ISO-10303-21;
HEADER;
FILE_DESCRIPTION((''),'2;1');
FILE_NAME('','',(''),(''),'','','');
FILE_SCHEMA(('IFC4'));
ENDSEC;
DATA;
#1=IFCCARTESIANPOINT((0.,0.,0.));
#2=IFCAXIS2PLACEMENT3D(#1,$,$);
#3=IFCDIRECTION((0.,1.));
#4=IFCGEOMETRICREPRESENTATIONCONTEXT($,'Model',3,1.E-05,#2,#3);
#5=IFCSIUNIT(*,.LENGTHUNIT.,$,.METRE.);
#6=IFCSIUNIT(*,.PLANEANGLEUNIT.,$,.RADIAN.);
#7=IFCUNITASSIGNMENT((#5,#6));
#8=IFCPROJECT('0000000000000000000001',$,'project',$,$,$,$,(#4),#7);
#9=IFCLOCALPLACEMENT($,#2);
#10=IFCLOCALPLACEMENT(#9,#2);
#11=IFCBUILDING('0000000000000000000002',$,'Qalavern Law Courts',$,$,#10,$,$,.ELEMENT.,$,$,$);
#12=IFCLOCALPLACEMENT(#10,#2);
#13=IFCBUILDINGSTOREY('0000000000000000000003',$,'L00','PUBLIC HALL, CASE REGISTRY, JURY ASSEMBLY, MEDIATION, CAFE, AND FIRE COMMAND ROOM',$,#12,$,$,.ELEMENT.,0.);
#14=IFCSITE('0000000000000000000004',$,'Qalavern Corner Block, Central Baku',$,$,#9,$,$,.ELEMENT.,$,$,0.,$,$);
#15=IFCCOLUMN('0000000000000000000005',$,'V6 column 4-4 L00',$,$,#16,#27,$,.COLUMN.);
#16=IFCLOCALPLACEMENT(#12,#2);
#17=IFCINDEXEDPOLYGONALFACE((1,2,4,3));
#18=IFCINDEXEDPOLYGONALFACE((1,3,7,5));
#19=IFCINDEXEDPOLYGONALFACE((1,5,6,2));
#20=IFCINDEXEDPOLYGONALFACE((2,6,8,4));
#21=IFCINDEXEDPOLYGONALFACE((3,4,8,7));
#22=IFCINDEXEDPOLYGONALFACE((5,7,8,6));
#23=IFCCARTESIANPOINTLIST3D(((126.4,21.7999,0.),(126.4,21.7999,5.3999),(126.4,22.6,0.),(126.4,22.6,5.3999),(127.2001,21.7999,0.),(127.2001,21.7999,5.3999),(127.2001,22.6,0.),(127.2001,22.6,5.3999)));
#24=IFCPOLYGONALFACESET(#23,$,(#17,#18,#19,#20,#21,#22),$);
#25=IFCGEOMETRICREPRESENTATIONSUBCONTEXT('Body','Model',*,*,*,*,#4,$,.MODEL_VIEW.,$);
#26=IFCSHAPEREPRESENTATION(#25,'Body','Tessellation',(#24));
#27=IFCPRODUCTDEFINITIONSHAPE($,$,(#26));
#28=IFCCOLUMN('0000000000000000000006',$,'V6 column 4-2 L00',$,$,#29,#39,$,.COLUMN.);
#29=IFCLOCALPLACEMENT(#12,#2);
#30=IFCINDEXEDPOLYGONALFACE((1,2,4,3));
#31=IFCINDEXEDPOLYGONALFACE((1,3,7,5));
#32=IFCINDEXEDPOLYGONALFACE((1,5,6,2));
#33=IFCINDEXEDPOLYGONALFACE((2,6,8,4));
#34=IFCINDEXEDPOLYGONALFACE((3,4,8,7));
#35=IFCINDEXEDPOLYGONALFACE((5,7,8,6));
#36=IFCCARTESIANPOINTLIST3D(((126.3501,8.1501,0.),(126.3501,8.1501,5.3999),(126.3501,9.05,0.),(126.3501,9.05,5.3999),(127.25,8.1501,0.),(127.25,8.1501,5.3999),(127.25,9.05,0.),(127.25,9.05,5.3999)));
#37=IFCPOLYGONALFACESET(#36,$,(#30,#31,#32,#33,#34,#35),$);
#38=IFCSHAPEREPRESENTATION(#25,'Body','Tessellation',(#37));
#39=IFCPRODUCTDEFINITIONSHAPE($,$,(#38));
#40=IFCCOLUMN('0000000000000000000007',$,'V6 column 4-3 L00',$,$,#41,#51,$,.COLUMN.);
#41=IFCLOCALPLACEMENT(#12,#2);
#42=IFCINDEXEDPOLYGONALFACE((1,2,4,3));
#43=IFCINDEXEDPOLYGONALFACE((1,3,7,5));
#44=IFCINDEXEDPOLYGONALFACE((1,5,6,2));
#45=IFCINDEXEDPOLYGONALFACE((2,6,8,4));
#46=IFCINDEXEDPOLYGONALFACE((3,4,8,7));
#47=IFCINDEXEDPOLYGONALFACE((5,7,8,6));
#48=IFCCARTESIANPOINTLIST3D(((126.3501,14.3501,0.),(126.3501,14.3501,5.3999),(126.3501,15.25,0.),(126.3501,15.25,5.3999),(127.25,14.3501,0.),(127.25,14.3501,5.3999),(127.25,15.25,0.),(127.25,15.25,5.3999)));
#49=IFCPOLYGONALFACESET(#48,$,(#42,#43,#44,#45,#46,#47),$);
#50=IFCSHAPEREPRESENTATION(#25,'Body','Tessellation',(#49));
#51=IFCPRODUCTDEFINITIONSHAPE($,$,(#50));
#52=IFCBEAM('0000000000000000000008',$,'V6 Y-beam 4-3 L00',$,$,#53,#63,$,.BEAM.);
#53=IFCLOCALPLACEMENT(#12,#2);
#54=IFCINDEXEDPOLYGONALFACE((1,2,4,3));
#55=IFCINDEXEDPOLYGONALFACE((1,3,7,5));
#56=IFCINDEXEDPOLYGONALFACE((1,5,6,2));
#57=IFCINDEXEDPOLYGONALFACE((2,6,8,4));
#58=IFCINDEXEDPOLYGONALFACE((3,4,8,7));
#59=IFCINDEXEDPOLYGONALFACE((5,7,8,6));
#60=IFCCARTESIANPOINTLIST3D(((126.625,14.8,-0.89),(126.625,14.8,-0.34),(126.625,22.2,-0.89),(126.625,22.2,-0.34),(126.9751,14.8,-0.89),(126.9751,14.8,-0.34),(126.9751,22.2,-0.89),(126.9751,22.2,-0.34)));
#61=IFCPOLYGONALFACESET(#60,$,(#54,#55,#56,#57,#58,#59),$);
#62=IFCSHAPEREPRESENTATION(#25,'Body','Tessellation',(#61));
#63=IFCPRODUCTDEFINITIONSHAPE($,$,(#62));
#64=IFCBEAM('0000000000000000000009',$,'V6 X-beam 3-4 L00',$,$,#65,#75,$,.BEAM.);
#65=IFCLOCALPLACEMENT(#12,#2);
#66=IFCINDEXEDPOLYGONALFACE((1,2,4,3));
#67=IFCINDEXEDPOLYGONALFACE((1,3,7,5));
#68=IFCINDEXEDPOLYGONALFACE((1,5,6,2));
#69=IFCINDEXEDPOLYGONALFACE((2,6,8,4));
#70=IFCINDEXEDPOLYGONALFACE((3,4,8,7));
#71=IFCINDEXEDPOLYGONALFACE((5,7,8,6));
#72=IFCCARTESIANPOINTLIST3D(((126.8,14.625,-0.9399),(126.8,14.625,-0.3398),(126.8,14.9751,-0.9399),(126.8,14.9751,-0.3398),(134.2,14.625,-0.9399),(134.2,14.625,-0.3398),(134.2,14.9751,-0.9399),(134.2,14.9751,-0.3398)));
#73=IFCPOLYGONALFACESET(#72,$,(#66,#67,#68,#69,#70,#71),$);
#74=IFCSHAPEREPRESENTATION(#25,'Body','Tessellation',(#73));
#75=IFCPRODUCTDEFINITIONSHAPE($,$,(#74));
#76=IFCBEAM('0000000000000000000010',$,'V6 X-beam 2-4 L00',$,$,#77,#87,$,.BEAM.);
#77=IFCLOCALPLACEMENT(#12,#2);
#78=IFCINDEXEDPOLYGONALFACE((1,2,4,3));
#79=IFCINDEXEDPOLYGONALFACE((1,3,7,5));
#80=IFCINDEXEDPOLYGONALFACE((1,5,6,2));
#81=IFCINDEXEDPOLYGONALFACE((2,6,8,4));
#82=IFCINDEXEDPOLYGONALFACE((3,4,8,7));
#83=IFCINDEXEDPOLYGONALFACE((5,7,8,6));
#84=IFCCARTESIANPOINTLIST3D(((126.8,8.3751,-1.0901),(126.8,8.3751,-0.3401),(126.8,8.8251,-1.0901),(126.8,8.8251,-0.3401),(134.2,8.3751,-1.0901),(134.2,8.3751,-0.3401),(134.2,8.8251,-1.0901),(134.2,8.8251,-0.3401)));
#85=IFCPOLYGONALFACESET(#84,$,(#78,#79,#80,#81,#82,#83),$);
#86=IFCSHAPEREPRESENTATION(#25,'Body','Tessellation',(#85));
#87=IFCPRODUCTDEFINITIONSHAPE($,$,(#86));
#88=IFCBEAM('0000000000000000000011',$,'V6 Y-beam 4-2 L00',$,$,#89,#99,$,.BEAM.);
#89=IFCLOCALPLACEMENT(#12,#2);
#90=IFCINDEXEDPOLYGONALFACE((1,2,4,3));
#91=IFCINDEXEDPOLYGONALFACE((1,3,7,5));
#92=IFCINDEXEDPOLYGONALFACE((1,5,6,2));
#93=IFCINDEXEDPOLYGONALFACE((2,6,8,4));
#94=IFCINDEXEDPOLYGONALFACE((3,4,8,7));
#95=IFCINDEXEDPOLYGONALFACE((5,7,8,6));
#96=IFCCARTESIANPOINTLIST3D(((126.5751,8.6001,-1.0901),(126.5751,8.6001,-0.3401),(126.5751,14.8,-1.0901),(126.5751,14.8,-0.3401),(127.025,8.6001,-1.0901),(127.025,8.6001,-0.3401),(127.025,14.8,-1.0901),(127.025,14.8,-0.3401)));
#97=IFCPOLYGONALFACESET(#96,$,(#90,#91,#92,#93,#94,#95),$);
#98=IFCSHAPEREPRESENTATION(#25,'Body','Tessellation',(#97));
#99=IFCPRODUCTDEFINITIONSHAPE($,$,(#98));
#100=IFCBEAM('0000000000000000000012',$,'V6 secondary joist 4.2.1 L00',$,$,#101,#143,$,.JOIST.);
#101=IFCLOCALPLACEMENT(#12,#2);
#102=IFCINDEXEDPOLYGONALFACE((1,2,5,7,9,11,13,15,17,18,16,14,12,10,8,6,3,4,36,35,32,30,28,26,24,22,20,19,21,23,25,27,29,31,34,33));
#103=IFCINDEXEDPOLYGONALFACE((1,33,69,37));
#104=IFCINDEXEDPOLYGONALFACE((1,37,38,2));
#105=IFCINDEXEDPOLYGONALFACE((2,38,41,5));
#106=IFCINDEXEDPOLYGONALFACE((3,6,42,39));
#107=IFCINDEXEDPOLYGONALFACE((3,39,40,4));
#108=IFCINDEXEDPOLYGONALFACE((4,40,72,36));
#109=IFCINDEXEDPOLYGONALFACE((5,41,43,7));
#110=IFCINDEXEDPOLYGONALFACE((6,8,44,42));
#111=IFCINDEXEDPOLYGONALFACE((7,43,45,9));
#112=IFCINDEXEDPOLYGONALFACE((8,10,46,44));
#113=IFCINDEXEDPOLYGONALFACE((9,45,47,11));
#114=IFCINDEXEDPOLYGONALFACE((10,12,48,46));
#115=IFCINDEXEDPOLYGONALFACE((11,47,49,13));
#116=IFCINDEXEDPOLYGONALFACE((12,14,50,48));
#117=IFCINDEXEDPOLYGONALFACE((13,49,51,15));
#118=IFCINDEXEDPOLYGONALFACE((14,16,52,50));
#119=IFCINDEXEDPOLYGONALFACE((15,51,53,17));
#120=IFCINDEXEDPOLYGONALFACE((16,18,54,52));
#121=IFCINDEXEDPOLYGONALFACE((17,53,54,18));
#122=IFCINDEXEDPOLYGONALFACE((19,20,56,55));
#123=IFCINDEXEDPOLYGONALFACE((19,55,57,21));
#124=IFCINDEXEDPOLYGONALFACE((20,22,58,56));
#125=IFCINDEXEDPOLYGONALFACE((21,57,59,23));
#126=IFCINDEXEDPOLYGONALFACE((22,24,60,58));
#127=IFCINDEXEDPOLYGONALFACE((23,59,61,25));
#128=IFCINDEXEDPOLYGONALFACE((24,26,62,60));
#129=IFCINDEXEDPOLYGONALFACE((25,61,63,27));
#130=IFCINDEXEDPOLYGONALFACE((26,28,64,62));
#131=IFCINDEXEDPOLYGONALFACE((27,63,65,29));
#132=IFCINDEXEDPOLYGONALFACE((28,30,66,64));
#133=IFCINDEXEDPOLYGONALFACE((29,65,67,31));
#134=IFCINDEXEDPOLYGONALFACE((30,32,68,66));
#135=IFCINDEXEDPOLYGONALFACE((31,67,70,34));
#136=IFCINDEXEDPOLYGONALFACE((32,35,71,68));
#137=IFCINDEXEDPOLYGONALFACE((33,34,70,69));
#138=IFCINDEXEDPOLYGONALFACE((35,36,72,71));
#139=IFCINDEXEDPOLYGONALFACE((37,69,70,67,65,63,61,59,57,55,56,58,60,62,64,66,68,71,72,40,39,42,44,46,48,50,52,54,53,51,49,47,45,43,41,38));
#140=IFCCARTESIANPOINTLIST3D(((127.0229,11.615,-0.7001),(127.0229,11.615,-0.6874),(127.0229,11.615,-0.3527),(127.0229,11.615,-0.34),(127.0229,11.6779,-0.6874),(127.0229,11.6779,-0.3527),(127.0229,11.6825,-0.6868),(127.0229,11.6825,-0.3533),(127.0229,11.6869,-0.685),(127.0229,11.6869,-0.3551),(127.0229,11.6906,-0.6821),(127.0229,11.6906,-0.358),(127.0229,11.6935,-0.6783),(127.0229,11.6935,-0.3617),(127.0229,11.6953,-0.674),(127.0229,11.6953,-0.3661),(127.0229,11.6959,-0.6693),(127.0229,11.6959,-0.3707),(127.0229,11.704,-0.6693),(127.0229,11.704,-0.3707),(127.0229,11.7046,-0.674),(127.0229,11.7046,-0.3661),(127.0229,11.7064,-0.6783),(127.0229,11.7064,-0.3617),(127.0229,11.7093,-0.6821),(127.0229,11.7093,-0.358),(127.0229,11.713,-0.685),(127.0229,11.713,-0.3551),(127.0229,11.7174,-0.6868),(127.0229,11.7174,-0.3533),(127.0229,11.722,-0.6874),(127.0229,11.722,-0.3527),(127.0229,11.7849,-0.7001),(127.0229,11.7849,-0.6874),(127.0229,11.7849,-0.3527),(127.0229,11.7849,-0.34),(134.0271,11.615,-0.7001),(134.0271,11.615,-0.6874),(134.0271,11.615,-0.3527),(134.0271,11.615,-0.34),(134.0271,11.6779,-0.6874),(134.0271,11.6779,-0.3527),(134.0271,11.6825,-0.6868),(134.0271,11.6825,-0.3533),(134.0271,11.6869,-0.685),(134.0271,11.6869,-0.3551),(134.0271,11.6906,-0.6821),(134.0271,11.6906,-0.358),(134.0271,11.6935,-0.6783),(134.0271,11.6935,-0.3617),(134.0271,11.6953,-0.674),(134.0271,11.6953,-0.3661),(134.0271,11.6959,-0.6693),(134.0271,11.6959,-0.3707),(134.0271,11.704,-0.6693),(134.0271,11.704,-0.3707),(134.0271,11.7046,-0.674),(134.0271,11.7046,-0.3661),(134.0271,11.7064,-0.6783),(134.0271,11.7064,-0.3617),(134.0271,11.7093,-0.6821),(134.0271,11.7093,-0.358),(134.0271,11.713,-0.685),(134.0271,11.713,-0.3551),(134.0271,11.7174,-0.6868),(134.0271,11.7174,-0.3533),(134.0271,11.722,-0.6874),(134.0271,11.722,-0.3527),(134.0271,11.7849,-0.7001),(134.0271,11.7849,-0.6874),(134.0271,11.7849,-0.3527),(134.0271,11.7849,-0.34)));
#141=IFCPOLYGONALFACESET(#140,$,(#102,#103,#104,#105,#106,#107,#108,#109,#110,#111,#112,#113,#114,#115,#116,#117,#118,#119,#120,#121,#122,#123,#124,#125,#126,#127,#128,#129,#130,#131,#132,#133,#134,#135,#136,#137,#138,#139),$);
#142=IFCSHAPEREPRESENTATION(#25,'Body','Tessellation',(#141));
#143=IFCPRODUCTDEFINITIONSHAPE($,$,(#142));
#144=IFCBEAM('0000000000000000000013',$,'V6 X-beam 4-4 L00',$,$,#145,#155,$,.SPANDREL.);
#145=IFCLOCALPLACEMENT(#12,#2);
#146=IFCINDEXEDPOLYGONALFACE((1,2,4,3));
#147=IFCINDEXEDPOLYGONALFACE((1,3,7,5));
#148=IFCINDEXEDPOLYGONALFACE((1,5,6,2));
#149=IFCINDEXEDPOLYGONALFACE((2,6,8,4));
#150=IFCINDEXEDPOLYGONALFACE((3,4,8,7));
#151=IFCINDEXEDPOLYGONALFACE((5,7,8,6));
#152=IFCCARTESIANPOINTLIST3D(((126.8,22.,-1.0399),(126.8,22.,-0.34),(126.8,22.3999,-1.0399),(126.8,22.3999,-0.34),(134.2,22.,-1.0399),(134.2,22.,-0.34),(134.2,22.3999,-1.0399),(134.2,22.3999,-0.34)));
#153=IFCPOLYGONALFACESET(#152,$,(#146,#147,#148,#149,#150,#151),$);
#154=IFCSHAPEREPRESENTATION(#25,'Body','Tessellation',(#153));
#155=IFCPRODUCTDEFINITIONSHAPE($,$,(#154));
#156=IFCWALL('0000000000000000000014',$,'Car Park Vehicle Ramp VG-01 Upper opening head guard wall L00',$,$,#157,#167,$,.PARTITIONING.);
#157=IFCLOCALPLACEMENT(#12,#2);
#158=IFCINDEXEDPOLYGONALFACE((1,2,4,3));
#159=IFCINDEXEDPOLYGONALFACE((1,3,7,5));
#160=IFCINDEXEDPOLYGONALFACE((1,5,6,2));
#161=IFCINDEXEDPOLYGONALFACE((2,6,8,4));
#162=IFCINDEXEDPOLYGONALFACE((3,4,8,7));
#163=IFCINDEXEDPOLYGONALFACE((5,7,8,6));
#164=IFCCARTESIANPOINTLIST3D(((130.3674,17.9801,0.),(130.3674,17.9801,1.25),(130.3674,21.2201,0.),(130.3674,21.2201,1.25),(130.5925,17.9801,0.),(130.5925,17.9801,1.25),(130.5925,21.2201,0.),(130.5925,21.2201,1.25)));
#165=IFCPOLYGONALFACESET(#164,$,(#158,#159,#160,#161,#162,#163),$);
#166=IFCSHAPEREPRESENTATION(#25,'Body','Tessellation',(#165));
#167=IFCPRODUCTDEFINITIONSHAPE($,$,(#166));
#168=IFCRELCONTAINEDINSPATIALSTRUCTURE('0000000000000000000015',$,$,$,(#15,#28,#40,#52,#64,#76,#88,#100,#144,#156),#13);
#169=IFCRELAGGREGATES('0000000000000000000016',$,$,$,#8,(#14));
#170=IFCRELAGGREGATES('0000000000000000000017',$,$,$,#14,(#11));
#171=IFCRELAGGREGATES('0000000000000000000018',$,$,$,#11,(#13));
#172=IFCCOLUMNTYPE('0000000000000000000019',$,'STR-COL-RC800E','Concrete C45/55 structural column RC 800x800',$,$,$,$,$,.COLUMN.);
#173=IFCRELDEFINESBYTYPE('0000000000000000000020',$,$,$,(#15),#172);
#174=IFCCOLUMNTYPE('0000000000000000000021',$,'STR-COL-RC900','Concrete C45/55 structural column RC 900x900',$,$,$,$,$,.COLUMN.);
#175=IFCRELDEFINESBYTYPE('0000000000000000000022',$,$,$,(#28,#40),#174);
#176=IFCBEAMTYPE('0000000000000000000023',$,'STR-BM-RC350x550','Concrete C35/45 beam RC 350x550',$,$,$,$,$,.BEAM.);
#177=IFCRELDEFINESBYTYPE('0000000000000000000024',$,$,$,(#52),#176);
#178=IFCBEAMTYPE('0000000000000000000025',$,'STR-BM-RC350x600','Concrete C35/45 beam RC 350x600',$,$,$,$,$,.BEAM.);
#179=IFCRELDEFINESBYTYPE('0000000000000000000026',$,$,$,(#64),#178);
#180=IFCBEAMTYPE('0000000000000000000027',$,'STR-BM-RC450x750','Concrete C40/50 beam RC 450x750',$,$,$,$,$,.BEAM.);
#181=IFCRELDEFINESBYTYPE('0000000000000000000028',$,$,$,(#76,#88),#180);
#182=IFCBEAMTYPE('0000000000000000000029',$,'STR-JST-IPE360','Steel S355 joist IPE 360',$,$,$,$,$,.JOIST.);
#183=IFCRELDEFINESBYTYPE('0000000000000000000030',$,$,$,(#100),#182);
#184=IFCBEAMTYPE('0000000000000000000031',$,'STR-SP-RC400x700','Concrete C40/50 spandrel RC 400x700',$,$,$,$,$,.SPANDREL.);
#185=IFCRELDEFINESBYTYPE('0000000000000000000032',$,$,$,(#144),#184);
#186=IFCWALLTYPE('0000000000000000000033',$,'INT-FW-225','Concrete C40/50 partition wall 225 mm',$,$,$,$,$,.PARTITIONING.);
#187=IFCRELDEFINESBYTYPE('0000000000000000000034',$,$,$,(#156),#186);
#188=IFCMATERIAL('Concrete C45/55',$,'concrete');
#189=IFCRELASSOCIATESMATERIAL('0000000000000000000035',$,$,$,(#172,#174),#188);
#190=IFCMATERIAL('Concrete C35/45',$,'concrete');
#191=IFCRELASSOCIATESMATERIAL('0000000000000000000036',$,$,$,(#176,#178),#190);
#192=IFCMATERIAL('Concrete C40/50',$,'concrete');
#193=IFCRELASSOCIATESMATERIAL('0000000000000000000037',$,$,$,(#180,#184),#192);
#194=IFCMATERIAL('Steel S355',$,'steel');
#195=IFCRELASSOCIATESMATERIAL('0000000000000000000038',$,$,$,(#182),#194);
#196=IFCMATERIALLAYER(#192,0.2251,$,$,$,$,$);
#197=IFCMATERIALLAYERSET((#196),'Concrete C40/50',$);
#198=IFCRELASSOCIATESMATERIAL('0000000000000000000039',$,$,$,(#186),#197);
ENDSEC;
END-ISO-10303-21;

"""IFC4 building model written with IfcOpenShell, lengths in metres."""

from ifc_helpers import new_model, si_unit, direction, frame, frame_2d, origin, origin_2d, place, context, subcontext, project, spatial, rectangle, i_section, extrude, material, layer, layer_set, material_profile, profile_set, type_object, element, save


model = new_model("IFC4")

# Units and contexts
model_context = context("Model", 3, precision=1e-05, world=origin(), true_north=direction((0.0, 1.0)))
body_context = subcontext(model_context, "Body", "Model", "MODEL_VIEW")
ifc_project = project(units=[si_unit("LENGTHUNIT", "METRE"), si_unit("PLANEANGLEUNIT", "RADIAN")], contexts=[model_context])

# Site, building, storey
site_placement = place(None, origin())
site = spatial("IfcSite", under=ifc_project, at=site_placement, Name="Qalavern Corner Block, Central Baku", CompositionType="ELEMENT", RefElevation=0.0)
building_placement = place(site_placement, origin())
building = spatial("IfcBuilding", under=site, at=building_placement, Name="Qalavern Law Courts", CompositionType="ELEMENT")
storey_placement = place(building_placement, origin())
storey = spatial("IfcBuildingStorey", under=building, at=storey_placement, Name="L00", Description="PUBLIC HALL, CASE REGISTRY, JURY ASSEMBLY, MEDIATION, CAFE, AND FIRE COMMAND ROOM", CompositionType="ELEMENT", Elevation=0.0)

# Columns
ifc_material_1 = material(Name="Concrete C45/55", Category="concrete")
ifc_material_profile_1 = material_profile(ifc_material_1, rectangle(XDim=0.8, YDim=0.8, at=origin_2d()), Name="RC 800x800")
ifc_profile_set_1 = profile_set([ifc_material_profile_1], Name="Concrete C45/55")
column_type_1 = type_object("IfcColumnType", Name="STR-COL-RC800E", Description="Concrete C45/55 structural column RC 800x800", PredefinedType="COLUMN", material=ifc_profile_set_1)
column_placement = place(storey_placement, frame((126.8, 22.2, 0.0), z_axis=(0.0, 0.0, 1.0), x_axis=(1.0, 0.0, 0.0)))
element("IfcColumn", 1, at=column_placement, inside=storey, type_object=column_type_1, Name="V6 column 4-4 L00", PredefinedType="COLUMN", context=body_context, shape_type="SweptSolid", body=[
    extrude(rectangle(XDim=0.8, YDim=0.8, at=origin_2d()), origin(), (0.0, 0.0, 1.0), 5.3999),
])
ifc_material_profile_2 = material_profile(ifc_material_1, rectangle(XDim=0.8999, YDim=0.8999, at=origin_2d()), Name="RC 900x900")
ifc_profile_set_2 = profile_set([ifc_material_profile_2], Name="Concrete C45/55")
column_type_2 = type_object("IfcColumnType", Name="STR-COL-RC900", Description="Concrete C45/55 structural column RC 900x900", PredefinedType="COLUMN", material=ifc_profile_set_2)
for number, where, z_axis, x_axis, name in (
    (2, (126.8, 8.6001, 0.0), (0.0, 0.0, 1.0), (1.0, 0.0, 0.0), "V6 column 4-2 L00"),
    (3, (126.8, 14.8, 0.0), (0.0, 0.0, 1.0), (1.0, 0.0, 0.0), "V6 column 4-3 L00"),
):
    element("IfcColumn", number, at=place(storey_placement, frame(where, z_axis=z_axis, x_axis=x_axis)), inside=storey, type_object=column_type_2, Name=name, PredefinedType="COLUMN", context=body_context, shape_type="SweptSolid", body=[
        extrude(rectangle(XDim=0.8999, YDim=0.8999, at=origin_2d()), origin(), (0.0, 0.0, 1.0), 5.3999),
    ])

# Beams
ifc_material_2 = material(Name="Concrete C35/45", Category="concrete")
ifc_material_profile_3 = material_profile(ifc_material_2, rectangle(XDim=0.3501, YDim=0.55, at=origin_2d()), Name="RC 350x550")
ifc_profile_set_3 = profile_set([ifc_material_profile_3], Name="Concrete C35/45")
beam_type_1 = type_object("IfcBeamType", Name="STR-BM-RC350x550", Description="Concrete C35/45 beam RC 350x550", PredefinedType="BEAM", material=ifc_profile_set_3)
beam_1_placement = place(storey_placement, frame((126.8, 14.8, -0.615), z_axis=(0.0, 1.0, 0.0), x_axis=(-1.0, 0.0, 0.0)))
element("IfcBeam", 4, at=beam_1_placement, inside=storey, type_object=beam_type_1, Name="V6 Y-beam 4-3 L00", PredefinedType="BEAM", context=body_context, shape_type="SweptSolid", body=[
    extrude(rectangle(XDim=0.3501, YDim=0.55, at=origin_2d()), origin(), (0.0, 0.0, 1.0), 7.3999),
])
ifc_material_profile_4 = material_profile(ifc_material_2, rectangle(XDim=0.3501, YDim=0.6001, at=origin_2d()), Name="RC 350x600")
ifc_profile_set_4 = profile_set([ifc_material_profile_4], Name="Concrete C35/45")
beam_type_2 = type_object("IfcBeamType", Name="STR-BM-RC350x600", Description="Concrete C35/45 beam RC 350x600", PredefinedType="BEAM", material=ifc_profile_set_4)
beam_2_placement = place(storey_placement, frame((126.8, 14.8, -0.6399), z_axis=(1.0, 0.0, 0.0), x_axis=(0.0, 1.0, 0.0)))
element("IfcBeam", 5, at=beam_2_placement, inside=storey, type_object=beam_type_2, Name="V6 X-beam 3-4 L00", PredefinedType="BEAM", context=body_context, shape_type="SweptSolid", body=[
    extrude(rectangle(XDim=0.3501, YDim=0.6001, at=origin_2d()), origin(), (0.0, 0.0, 1.0), 7.3999),
])
ifc_material_3 = material(Name="Concrete C40/50", Category="concrete")
ifc_material_profile_5 = material_profile(ifc_material_3, rectangle(XDim=0.45, YDim=0.75, at=origin_2d()), Name="RC 450x750")
ifc_profile_set_5 = profile_set([ifc_material_profile_5], Name="Concrete C40/50")
beam_type_3 = type_object("IfcBeamType", Name="STR-BM-RC450x750", Description="Concrete C40/50 beam RC 450x750", PredefinedType="BEAM", material=ifc_profile_set_5)
beam_3_placement = place(storey_placement, frame((126.8, 8.6001, -0.7151), z_axis=(1.0, 0.0, 0.0), x_axis=(0.0, 1.0, 0.0)))
element("IfcBeam", 6, at=beam_3_placement, inside=storey, type_object=beam_type_3, Name="V6 X-beam 2-4 L00", PredefinedType="BEAM", context=body_context, shape_type="SweptSolid", body=[
    extrude(rectangle(XDim=0.45, YDim=0.75, at=origin_2d()), origin(), (0.0, 0.0, 1.0), 7.3999),
])
beam_4_placement = place(storey_placement, frame((126.8, 8.6001, -0.7151), z_axis=(0.0, 1.0, 0.0), x_axis=(-1.0, 0.0, 0.0)))
element("IfcBeam", 7, at=beam_4_placement, inside=storey, type_object=beam_type_3, Name="V6 Y-beam 4-2 L00", PredefinedType="BEAM", context=body_context, shape_type="SweptSolid", body=[
    extrude(rectangle(XDim=0.45, YDim=0.75, at=origin_2d()), origin(), (0.0, 0.0, 1.0), 6.2),
])
ifc_material_4 = material(Name="Steel S355", Category="steel")
ifc_material_profile_6 = material_profile(ifc_material_4, i_section(OverallWidth=0.1699, OverallDepth=0.3601, WebThickness=0.0081, FlangeThickness=0.0127, FilletRadius=0.0181, at=origin_2d()), Name="IPE 360")
ifc_profile_set_6 = profile_set([ifc_material_profile_6], Name="Steel S355")
beam_type_4 = type_object("IfcBeamType", Name="STR-JST-IPE360", Description="Steel S355 joist IPE 360", PredefinedType="JOIST", material=ifc_profile_set_6)
beam_5_placement = place(storey_placement, frame((127.0229, 11.7, -0.52), z_axis=(1.0, 0.0, 0.0), x_axis=(0.0, 1.0, 0.0)))
element("IfcBeam", 8, at=beam_5_placement, inside=storey, type_object=beam_type_4, Name="V6 secondary joist 4.2.1 L00", PredefinedType="JOIST", context=body_context, shape_type="SweptSolid", body=[
    extrude(i_section(OverallWidth=0.1699, OverallDepth=0.3601, WebThickness=0.0081, FlangeThickness=0.0127, FilletRadius=0.0181, at=origin_2d()), origin(), (0.0, 0.0, 1.0), 7.0042),
])
ifc_material_profile_7 = material_profile(ifc_material_3, rectangle(XDim=0.3999, YDim=0.7, at=origin_2d()), Name="RC 400x700")
ifc_profile_set_7 = profile_set([ifc_material_profile_7], Name="Concrete C40/50")
beam_type_5 = type_object("IfcBeamType", Name="STR-SP-RC400x700", Description="Concrete C40/50 spandrel RC 400x700", PredefinedType="SPANDREL", material=ifc_profile_set_7)
beam_6_placement = place(storey_placement, frame((126.8, 22.2, -0.6899), z_axis=(1.0, 0.0, 0.0), x_axis=(0.0, 1.0, 0.0)))
element("IfcBeam", 9, at=beam_6_placement, inside=storey, type_object=beam_type_5, Name="V6 X-beam 4-4 L00", PredefinedType="SPANDREL", context=body_context, shape_type="SweptSolid", body=[
    extrude(rectangle(XDim=0.3999, YDim=0.7, at=origin_2d()), origin(), (0.0, 0.0, 1.0), 7.3999),
])

# Wall
ifc_layer_1 = layer(ifc_material_3, 0.2251)
ifc_layer_set_1 = layer_set([ifc_layer_1], Name="Concrete C40/50")
wall_type_1 = type_object("IfcWallType", Name="INT-FW-225", Description="Concrete C40/50 partition wall 225 mm", PredefinedType="PARTITIONING", material=ifc_layer_set_1)
wall_1_placement = place(storey_placement, frame((130.48, 17.98, 0.0), z_axis=(0.0, 0.0, 1.0), x_axis=(0.0, 1.0, 0.0)))
element("IfcWall", 10, at=wall_1_placement, inside=storey, type_object=wall_type_1, Name="Car Park Vehicle Ramp VG-01 Upper opening head guard wall L00", PredefinedType="PARTITIONING", context=body_context, shape_type="SweptSolid", body=[
    extrude(rectangle(XDim=3.24, YDim=0.2251, at=frame_2d((1.6201, 0.0))), origin(), (0.0, 0.0, 1.0), 1.25),
])

save(model, "model.ifc")
